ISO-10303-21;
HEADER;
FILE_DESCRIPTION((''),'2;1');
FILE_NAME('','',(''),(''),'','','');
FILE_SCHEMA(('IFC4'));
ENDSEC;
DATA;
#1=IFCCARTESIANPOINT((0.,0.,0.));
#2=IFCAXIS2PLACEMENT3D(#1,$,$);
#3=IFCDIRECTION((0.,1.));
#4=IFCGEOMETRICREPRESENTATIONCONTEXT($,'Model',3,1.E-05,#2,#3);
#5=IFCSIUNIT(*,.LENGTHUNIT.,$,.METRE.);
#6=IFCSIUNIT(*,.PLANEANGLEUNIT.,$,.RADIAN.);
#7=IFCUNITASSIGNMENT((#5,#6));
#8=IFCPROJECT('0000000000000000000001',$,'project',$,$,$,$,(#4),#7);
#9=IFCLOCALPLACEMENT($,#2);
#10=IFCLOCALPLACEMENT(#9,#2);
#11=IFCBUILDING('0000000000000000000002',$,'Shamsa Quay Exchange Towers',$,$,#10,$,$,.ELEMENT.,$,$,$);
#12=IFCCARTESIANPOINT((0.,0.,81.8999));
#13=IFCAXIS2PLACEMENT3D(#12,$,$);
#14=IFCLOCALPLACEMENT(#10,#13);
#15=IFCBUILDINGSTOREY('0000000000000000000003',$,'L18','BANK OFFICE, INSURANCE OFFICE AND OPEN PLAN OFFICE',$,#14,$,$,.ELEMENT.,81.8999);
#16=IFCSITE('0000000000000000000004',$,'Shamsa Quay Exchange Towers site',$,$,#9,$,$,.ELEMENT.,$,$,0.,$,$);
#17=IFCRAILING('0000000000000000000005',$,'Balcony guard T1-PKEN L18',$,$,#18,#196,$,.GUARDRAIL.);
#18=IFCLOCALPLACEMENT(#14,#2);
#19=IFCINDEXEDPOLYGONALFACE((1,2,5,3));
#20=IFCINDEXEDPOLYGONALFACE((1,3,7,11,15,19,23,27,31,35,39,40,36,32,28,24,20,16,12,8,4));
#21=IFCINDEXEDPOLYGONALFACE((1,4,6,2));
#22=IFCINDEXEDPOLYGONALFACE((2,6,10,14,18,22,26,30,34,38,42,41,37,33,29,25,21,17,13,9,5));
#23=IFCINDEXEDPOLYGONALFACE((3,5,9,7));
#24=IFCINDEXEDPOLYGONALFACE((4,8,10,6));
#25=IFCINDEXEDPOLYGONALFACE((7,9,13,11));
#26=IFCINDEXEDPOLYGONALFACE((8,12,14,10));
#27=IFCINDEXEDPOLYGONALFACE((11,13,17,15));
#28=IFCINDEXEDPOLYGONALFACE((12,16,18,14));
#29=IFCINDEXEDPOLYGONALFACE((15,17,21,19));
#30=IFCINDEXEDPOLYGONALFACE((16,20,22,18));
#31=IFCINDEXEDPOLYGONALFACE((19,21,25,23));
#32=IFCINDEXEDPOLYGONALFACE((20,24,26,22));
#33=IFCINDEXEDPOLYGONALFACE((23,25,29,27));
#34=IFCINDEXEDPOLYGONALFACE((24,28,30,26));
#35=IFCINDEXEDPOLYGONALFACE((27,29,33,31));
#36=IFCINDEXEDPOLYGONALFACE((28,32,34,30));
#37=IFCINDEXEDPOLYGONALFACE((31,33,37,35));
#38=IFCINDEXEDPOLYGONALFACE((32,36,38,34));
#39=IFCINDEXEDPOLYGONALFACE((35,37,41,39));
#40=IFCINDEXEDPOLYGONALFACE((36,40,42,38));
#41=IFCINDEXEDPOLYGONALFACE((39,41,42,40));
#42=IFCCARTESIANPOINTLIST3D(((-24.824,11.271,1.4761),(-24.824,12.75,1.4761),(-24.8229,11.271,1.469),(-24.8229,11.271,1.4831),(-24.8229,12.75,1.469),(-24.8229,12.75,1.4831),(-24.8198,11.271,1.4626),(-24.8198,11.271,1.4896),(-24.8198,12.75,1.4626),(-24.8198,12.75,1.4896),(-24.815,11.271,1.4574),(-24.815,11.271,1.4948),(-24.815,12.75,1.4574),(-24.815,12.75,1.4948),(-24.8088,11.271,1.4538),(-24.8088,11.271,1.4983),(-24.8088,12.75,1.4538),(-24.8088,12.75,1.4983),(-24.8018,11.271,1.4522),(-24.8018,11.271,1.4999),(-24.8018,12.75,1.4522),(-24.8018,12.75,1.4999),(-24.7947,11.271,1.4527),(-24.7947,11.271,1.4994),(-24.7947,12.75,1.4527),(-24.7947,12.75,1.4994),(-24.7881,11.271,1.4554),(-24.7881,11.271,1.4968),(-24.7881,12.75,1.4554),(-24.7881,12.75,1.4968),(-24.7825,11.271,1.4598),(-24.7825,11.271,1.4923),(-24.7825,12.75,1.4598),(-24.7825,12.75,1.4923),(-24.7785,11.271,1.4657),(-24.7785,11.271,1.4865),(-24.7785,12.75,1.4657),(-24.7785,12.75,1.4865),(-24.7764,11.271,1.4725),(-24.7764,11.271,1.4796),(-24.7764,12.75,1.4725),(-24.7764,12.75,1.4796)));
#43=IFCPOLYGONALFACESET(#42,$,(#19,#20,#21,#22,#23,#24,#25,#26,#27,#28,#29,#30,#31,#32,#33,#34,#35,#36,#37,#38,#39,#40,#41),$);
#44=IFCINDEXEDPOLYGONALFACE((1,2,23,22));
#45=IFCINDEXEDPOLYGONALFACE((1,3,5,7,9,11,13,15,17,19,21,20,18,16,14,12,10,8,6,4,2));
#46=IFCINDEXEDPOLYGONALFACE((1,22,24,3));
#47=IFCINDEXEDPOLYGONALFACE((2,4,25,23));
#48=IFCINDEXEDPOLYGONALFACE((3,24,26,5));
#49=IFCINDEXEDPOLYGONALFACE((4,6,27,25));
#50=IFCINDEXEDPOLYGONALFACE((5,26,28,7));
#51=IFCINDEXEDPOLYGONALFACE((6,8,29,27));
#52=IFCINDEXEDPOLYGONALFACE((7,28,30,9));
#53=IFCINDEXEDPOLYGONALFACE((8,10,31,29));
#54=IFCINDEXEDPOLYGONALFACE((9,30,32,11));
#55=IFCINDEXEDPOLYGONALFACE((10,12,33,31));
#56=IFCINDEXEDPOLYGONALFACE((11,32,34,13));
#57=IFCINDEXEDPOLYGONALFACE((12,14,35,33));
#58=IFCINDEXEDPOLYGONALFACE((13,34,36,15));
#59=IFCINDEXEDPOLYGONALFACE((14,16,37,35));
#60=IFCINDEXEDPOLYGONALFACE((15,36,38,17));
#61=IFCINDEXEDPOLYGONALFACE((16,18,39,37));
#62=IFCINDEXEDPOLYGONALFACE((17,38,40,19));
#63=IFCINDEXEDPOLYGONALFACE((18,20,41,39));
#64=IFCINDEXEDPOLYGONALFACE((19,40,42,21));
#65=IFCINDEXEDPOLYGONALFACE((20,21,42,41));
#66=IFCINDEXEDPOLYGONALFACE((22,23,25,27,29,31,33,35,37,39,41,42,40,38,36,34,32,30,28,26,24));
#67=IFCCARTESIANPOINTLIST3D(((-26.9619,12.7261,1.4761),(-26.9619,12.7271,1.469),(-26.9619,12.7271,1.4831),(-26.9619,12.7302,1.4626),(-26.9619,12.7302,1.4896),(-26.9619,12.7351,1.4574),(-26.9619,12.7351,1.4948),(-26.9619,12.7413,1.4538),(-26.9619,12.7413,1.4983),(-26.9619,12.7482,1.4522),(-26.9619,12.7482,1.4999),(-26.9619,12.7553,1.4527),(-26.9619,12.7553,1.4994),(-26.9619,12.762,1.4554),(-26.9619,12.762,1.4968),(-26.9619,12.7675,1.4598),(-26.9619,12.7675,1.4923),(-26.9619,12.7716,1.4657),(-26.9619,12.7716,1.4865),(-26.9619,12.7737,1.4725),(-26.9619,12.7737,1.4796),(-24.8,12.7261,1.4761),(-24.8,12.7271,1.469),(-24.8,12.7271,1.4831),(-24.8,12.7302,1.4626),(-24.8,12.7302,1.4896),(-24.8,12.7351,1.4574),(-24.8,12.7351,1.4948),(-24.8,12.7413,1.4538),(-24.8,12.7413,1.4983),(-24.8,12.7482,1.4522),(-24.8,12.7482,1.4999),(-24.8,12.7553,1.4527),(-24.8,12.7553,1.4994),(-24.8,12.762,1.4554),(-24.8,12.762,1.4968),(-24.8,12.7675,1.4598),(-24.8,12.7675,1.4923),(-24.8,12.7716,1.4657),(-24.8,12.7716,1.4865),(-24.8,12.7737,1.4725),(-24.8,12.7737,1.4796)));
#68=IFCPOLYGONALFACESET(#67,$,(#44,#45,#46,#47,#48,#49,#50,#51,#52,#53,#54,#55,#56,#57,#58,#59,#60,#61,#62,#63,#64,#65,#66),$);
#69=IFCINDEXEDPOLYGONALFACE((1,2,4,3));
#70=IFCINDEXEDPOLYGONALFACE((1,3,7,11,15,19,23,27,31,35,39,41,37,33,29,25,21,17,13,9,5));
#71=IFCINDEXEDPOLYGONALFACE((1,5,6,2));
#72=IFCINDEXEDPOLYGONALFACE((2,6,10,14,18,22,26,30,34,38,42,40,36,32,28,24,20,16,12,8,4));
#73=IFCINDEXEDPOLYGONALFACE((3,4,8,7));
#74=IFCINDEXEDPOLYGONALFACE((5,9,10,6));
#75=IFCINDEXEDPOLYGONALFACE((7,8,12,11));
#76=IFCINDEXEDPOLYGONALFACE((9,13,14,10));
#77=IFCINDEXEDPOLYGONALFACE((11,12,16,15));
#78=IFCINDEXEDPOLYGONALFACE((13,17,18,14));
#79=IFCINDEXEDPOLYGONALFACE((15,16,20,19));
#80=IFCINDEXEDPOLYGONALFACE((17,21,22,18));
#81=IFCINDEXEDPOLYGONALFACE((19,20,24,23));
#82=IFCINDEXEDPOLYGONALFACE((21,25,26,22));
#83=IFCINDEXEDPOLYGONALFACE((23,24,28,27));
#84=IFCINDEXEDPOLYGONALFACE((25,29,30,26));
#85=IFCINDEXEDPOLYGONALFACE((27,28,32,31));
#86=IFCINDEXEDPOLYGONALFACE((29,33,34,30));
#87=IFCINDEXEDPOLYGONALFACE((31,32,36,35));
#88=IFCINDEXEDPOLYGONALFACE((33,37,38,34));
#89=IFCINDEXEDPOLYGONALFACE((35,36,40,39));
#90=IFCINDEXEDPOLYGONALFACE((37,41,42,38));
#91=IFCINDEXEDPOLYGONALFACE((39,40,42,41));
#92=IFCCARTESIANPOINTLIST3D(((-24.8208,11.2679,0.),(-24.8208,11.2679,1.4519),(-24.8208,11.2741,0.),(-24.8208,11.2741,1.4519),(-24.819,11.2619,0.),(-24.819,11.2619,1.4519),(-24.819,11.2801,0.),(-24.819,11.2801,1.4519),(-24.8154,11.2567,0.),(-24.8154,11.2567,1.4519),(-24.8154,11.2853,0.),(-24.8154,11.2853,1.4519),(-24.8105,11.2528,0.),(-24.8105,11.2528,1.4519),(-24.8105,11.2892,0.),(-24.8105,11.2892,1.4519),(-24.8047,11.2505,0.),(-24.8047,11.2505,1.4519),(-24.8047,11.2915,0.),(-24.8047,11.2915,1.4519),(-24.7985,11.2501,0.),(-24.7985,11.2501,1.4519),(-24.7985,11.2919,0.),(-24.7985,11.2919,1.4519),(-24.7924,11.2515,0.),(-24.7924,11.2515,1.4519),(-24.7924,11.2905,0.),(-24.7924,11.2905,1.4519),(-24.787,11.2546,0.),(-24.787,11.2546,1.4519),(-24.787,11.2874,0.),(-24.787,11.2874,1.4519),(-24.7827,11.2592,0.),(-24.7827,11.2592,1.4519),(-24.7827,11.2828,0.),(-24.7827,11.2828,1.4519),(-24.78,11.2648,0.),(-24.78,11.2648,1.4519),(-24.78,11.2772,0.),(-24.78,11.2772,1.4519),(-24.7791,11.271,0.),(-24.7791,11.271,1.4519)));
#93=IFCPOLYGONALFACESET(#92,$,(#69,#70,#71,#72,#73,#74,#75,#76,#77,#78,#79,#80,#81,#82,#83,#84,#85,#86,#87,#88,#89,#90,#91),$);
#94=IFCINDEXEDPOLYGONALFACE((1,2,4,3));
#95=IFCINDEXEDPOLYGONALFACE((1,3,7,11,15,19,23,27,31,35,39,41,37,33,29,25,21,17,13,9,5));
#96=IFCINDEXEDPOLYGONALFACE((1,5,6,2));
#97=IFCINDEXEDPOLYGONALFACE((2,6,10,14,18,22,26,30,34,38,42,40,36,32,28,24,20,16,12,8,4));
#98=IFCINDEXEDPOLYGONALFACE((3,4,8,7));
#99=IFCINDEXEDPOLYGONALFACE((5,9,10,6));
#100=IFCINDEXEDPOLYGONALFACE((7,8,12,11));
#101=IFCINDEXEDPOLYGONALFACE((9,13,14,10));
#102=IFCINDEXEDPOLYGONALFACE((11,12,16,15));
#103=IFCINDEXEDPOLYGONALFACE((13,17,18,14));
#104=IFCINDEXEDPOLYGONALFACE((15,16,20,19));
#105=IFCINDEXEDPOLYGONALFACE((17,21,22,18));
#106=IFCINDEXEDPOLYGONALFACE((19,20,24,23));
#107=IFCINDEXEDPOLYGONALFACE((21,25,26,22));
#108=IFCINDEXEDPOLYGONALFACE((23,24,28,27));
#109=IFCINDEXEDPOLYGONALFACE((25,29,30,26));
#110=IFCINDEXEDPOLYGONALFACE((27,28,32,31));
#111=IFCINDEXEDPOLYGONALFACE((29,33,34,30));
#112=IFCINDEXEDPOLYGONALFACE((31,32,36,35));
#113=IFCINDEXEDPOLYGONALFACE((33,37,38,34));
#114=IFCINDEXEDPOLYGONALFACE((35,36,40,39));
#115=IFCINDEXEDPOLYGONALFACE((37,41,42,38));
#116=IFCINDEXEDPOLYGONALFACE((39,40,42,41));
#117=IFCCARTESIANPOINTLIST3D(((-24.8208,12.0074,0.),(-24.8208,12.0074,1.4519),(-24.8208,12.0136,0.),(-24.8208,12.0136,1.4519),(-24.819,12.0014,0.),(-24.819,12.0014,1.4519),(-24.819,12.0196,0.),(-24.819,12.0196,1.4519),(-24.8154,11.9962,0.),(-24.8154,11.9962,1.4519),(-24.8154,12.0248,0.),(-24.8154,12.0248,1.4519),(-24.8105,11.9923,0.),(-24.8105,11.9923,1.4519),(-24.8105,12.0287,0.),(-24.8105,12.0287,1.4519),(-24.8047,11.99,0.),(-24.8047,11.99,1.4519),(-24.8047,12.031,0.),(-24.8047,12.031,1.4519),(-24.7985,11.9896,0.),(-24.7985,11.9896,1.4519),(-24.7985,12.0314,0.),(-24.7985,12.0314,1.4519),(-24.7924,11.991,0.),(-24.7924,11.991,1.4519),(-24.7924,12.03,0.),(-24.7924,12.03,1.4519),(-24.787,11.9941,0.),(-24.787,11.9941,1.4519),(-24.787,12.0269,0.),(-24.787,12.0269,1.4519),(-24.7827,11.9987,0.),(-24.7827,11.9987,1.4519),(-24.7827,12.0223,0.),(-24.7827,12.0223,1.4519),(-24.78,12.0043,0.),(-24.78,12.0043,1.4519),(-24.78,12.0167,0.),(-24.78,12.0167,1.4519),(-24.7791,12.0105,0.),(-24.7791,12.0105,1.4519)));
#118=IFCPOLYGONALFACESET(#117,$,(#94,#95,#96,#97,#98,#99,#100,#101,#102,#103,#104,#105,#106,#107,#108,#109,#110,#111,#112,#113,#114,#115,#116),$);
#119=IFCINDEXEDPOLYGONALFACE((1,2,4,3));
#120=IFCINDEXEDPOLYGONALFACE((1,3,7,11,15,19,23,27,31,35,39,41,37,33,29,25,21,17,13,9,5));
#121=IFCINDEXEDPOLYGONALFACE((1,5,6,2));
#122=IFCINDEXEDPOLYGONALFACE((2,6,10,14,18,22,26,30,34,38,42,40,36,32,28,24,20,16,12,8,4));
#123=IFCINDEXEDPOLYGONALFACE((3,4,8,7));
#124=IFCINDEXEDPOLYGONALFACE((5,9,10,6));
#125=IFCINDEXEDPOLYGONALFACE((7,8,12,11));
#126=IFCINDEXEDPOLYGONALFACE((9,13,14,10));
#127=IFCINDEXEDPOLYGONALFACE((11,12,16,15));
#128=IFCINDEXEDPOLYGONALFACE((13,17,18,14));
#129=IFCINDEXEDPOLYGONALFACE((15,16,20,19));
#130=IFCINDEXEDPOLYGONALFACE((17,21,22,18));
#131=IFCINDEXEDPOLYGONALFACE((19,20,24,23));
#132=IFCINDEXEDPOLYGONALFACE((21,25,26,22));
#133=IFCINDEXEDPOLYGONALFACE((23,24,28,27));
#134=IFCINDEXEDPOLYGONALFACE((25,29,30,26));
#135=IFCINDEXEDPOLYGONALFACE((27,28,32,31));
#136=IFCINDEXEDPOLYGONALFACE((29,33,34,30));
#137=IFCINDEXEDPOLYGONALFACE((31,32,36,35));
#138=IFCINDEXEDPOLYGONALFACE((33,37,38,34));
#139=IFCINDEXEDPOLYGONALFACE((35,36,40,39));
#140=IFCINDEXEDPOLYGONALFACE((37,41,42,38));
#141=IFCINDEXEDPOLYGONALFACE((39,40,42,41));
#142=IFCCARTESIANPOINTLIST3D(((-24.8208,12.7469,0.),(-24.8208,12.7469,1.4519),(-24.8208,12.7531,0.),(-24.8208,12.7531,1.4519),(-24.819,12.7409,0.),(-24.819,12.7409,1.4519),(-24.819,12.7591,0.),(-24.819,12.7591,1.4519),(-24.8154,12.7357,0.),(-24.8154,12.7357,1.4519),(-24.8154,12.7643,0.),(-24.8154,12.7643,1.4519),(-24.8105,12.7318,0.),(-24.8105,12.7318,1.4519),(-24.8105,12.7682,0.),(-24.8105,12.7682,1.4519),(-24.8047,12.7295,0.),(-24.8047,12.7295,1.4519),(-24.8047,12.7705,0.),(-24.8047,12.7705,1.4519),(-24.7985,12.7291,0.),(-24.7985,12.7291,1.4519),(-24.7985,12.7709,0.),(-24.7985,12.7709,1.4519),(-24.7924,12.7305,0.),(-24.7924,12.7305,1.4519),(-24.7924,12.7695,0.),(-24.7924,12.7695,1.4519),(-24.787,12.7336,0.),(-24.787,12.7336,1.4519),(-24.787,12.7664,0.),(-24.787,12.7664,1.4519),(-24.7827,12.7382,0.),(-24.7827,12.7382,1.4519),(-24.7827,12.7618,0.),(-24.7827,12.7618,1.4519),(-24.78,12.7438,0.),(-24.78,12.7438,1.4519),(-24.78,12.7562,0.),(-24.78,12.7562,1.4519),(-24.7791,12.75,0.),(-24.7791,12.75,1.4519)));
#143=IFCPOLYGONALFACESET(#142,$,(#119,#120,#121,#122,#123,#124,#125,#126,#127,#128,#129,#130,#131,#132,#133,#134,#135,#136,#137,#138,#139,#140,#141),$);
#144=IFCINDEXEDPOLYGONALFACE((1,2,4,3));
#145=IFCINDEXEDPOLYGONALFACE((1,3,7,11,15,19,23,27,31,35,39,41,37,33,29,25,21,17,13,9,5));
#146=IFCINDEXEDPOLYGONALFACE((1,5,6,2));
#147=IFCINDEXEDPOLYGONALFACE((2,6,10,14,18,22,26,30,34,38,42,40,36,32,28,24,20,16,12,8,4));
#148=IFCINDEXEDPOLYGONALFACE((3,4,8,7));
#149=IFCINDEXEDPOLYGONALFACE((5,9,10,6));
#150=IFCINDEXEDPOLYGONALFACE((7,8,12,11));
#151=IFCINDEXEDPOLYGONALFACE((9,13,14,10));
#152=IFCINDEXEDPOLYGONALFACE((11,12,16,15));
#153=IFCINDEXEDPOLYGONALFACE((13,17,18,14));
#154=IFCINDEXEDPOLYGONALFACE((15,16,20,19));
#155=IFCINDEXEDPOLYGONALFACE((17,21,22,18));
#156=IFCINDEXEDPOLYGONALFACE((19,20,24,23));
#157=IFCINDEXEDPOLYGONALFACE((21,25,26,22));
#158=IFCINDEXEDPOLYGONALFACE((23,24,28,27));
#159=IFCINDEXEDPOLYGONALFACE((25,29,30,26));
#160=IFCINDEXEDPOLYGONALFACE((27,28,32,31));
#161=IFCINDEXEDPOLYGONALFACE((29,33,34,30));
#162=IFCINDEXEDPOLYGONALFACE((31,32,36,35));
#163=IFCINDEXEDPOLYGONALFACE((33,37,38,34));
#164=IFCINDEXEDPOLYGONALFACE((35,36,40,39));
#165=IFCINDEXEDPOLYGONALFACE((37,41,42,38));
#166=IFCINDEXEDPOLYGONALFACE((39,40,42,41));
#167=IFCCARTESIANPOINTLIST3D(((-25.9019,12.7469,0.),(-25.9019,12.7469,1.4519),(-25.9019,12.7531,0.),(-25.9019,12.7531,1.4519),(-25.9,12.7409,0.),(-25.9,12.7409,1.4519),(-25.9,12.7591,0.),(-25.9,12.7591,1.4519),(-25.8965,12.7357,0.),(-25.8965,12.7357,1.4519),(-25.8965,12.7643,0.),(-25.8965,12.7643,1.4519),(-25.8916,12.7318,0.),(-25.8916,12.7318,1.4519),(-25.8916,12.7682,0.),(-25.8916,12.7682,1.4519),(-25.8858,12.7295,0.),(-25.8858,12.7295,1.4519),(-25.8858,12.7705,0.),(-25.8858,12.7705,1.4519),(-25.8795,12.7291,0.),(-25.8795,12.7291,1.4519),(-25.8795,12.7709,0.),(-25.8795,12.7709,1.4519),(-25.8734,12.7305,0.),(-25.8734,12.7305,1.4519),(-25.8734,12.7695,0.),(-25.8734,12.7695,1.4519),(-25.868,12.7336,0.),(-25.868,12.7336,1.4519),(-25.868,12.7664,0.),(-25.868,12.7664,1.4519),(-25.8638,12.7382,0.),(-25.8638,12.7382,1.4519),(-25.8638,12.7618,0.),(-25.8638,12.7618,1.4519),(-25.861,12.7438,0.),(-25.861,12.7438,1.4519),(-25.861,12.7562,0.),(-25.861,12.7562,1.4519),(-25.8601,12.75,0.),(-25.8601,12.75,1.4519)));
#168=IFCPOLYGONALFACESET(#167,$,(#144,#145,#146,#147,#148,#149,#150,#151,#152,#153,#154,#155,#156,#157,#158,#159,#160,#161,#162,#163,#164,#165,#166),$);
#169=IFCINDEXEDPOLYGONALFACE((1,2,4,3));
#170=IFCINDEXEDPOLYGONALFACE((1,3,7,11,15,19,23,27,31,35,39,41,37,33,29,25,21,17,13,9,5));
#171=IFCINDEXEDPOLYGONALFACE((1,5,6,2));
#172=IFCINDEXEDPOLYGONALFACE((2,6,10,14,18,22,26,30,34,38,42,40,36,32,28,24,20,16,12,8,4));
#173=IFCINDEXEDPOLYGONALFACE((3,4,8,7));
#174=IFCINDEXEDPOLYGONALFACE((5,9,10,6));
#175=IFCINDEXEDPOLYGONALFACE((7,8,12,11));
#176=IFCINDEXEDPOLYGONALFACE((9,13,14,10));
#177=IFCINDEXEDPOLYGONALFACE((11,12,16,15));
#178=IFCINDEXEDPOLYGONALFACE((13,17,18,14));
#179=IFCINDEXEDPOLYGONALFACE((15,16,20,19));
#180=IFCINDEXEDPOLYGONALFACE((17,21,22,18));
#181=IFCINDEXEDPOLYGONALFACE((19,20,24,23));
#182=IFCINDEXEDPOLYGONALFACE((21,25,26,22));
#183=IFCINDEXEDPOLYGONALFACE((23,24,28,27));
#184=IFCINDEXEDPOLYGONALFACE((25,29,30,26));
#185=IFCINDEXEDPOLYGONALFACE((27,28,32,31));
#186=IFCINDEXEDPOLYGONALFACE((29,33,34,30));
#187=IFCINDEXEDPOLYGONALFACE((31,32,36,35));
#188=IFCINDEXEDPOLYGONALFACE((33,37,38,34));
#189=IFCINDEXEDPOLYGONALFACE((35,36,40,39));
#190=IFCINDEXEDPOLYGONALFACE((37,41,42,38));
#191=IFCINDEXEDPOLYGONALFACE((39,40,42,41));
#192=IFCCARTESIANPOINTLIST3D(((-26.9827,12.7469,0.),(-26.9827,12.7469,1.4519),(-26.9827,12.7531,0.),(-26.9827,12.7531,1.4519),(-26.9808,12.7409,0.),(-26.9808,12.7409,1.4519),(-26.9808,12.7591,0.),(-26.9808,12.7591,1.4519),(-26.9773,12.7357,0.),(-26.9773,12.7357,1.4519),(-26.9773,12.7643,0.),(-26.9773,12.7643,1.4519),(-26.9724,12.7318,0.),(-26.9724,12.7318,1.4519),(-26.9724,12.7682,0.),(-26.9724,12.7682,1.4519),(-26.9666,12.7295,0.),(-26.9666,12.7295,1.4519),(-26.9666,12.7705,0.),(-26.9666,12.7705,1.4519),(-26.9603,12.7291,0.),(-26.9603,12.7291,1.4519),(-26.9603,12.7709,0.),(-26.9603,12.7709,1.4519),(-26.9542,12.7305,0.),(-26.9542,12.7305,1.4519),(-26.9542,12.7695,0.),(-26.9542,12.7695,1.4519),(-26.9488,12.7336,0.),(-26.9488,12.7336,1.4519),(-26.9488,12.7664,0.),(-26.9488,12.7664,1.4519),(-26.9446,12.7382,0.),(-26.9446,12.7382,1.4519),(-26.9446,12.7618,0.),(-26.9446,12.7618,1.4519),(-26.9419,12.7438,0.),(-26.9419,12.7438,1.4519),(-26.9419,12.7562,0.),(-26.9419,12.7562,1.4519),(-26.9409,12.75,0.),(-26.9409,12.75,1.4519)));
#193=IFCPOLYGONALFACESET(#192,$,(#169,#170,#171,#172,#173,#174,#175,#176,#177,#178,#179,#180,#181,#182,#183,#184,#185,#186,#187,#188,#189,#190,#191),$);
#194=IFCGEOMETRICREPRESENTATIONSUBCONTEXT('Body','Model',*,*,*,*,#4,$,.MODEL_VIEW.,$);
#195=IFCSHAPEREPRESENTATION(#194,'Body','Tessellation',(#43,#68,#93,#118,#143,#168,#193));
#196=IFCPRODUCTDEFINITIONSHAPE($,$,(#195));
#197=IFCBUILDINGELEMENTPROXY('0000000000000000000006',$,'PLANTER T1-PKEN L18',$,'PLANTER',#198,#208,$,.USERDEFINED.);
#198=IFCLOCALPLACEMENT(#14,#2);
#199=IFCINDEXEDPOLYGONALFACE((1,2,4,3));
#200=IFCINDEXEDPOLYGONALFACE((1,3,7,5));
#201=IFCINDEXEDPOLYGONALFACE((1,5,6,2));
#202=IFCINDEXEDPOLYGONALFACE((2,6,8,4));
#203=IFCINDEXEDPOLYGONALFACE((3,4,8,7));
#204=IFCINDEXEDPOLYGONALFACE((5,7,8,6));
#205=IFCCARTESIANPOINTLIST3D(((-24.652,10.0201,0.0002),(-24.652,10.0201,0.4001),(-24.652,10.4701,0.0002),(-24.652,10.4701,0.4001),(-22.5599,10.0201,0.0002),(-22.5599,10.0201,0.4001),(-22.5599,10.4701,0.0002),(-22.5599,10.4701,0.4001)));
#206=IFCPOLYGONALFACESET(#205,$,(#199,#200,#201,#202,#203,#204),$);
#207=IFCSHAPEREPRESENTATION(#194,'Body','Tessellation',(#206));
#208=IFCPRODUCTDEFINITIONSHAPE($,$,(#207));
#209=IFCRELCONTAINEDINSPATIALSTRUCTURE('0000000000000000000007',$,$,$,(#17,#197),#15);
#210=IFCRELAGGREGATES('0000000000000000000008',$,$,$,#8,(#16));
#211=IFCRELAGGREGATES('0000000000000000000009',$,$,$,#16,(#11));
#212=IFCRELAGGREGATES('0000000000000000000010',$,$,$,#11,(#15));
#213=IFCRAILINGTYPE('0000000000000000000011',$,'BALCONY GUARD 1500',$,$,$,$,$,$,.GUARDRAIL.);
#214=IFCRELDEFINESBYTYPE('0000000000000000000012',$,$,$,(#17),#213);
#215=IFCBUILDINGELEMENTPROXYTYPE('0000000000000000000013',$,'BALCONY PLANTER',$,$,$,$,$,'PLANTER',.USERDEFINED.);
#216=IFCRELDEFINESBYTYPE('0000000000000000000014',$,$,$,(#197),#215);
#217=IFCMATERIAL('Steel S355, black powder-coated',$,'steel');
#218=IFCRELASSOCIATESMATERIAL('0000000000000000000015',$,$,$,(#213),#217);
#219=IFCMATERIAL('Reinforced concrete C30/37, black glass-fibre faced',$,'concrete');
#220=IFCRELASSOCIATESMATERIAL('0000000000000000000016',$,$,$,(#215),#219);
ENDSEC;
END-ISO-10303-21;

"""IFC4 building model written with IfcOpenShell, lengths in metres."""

from ifc_helpers import new_model, si_unit, direction, frame, origin, origin_2d, place, context, subcontext, project, spatial, rectangle, circle, extrude, material, type_object, element, save


model = new_model("IFC4")

# Units and contexts
model_context = context("Model", 3, precision=1e-05, world=origin(), true_north=direction((0.0, 1.0)))
body_context = subcontext(model_context, "Body", "Model", "MODEL_VIEW")
ifc_project = project(units=[si_unit("LENGTHUNIT", "METRE"), si_unit("PLANEANGLEUNIT", "RADIAN")], contexts=[model_context])

# Site, building, storey
site_placement = place(None, origin())
site = spatial("IfcSite", under=ifc_project, at=site_placement, Name="Shamsa Quay Exchange Towers site", CompositionType="ELEMENT", RefElevation=0.0)
building_placement = place(site_placement, origin())
building = spatial("IfcBuilding", under=site, at=building_placement, Name="Shamsa Quay Exchange Towers", CompositionType="ELEMENT")
storey_placement = place(building_placement, frame((0.0, 0.0, 81.8999)))
storey = spatial("IfcBuildingStorey", under=building, at=storey_placement, Name="L18", Description="BANK OFFICE, INSURANCE OFFICE AND OPEN PLAN OFFICE", CompositionType="ELEMENT", Elevation=81.8999)

# Railing
ifc_material_1 = material(Name="Steel S355, black powder-coated", Category="steel")
railing_type = type_object("IfcRailingType", Name="BALCONY GUARD 1500", PredefinedType="GUARDRAIL", material=ifc_material_1)
for number, where, name in (
    (1, (-24.8, 11.271, 0.0), "Balcony guard T1-PKEN L18"),
):
    element("IfcRailing", number, at=place(storey_placement, frame(where)), inside=storey, type_object=railing_type, Name=name, PredefinedType="GUARDRAIL", context=body_context, shape_type="SweptSolid", body=[
        extrude(circle(Radius=0.0239, at=origin_2d()), frame((0.0, 0.0, 1.4761), z_axis=(0.0, 1.0, 0.0), x_axis=(-1.0, 0.0, 0.0)), (0.0, 0.0, 1.0), 1.479),
        extrude(circle(Radius=0.0239, at=origin_2d()), frame((0.0, 1.479, 1.4761), z_axis=(-1.0, 0.0, 0.0), x_axis=(0.0, -1.0, 0.0)), (0.0, 0.0, 1.0), 2.1619),
        extrude(circle(Radius=0.021, at=origin_2d()), origin(), (0.0, 0.0, 1.0), 1.4519),
        extrude(circle(Radius=0.021, at=origin_2d()), frame((0.0, 0.7395, 0.0)), (0.0, 0.0, 1.0), 1.4519),
        extrude(circle(Radius=0.021, at=origin_2d()), frame((0.0, 1.479, 0.0)), (0.0, 0.0, 1.0), 1.4519),
        extrude(circle(Radius=0.021, at=origin_2d()), frame((-1.0811, 1.479, 0.0)), (0.0, 0.0, 1.0), 1.4519),
        extrude(circle(Radius=0.021, at=origin_2d()), frame((-2.1619, 1.479, 0.0)), (0.0, 0.0, 1.0), 1.4519),
    ])

# Building element proxy
ifc_material_2 = material(Name="Reinforced concrete C30/37, black glass-fibre faced", Category="concrete")
building_element_proxy_type = type_object("IfcBuildingElementProxyType", Name="BALCONY PLANTER", ElementType="PLANTER", PredefinedType="USERDEFINED", material=ifc_material_2)
for number, where, z_axis, x_axis, name in (
    (2, (-23.606, 10.2451, 0.0002), (0.0, 0.0, 1.0), (-1.0, 0.0, 0.0), "PLANTER T1-PKEN L18"),
):
    element("IfcBuildingElementProxy", number, at=place(storey_placement, frame(where, z_axis=z_axis, x_axis=x_axis)), inside=storey, type_object=building_element_proxy_type, Name=name, ObjectType="PLANTER", PredefinedType="USERDEFINED", context=body_context, shape_type="SweptSolid", body=[
        extrude(rectangle(XDim=2.092, YDim=0.45, at=origin_2d()), origin(), (0.0, 0.0, 1.0), 0.3999),
    ])

save(model, "model.ifc")
